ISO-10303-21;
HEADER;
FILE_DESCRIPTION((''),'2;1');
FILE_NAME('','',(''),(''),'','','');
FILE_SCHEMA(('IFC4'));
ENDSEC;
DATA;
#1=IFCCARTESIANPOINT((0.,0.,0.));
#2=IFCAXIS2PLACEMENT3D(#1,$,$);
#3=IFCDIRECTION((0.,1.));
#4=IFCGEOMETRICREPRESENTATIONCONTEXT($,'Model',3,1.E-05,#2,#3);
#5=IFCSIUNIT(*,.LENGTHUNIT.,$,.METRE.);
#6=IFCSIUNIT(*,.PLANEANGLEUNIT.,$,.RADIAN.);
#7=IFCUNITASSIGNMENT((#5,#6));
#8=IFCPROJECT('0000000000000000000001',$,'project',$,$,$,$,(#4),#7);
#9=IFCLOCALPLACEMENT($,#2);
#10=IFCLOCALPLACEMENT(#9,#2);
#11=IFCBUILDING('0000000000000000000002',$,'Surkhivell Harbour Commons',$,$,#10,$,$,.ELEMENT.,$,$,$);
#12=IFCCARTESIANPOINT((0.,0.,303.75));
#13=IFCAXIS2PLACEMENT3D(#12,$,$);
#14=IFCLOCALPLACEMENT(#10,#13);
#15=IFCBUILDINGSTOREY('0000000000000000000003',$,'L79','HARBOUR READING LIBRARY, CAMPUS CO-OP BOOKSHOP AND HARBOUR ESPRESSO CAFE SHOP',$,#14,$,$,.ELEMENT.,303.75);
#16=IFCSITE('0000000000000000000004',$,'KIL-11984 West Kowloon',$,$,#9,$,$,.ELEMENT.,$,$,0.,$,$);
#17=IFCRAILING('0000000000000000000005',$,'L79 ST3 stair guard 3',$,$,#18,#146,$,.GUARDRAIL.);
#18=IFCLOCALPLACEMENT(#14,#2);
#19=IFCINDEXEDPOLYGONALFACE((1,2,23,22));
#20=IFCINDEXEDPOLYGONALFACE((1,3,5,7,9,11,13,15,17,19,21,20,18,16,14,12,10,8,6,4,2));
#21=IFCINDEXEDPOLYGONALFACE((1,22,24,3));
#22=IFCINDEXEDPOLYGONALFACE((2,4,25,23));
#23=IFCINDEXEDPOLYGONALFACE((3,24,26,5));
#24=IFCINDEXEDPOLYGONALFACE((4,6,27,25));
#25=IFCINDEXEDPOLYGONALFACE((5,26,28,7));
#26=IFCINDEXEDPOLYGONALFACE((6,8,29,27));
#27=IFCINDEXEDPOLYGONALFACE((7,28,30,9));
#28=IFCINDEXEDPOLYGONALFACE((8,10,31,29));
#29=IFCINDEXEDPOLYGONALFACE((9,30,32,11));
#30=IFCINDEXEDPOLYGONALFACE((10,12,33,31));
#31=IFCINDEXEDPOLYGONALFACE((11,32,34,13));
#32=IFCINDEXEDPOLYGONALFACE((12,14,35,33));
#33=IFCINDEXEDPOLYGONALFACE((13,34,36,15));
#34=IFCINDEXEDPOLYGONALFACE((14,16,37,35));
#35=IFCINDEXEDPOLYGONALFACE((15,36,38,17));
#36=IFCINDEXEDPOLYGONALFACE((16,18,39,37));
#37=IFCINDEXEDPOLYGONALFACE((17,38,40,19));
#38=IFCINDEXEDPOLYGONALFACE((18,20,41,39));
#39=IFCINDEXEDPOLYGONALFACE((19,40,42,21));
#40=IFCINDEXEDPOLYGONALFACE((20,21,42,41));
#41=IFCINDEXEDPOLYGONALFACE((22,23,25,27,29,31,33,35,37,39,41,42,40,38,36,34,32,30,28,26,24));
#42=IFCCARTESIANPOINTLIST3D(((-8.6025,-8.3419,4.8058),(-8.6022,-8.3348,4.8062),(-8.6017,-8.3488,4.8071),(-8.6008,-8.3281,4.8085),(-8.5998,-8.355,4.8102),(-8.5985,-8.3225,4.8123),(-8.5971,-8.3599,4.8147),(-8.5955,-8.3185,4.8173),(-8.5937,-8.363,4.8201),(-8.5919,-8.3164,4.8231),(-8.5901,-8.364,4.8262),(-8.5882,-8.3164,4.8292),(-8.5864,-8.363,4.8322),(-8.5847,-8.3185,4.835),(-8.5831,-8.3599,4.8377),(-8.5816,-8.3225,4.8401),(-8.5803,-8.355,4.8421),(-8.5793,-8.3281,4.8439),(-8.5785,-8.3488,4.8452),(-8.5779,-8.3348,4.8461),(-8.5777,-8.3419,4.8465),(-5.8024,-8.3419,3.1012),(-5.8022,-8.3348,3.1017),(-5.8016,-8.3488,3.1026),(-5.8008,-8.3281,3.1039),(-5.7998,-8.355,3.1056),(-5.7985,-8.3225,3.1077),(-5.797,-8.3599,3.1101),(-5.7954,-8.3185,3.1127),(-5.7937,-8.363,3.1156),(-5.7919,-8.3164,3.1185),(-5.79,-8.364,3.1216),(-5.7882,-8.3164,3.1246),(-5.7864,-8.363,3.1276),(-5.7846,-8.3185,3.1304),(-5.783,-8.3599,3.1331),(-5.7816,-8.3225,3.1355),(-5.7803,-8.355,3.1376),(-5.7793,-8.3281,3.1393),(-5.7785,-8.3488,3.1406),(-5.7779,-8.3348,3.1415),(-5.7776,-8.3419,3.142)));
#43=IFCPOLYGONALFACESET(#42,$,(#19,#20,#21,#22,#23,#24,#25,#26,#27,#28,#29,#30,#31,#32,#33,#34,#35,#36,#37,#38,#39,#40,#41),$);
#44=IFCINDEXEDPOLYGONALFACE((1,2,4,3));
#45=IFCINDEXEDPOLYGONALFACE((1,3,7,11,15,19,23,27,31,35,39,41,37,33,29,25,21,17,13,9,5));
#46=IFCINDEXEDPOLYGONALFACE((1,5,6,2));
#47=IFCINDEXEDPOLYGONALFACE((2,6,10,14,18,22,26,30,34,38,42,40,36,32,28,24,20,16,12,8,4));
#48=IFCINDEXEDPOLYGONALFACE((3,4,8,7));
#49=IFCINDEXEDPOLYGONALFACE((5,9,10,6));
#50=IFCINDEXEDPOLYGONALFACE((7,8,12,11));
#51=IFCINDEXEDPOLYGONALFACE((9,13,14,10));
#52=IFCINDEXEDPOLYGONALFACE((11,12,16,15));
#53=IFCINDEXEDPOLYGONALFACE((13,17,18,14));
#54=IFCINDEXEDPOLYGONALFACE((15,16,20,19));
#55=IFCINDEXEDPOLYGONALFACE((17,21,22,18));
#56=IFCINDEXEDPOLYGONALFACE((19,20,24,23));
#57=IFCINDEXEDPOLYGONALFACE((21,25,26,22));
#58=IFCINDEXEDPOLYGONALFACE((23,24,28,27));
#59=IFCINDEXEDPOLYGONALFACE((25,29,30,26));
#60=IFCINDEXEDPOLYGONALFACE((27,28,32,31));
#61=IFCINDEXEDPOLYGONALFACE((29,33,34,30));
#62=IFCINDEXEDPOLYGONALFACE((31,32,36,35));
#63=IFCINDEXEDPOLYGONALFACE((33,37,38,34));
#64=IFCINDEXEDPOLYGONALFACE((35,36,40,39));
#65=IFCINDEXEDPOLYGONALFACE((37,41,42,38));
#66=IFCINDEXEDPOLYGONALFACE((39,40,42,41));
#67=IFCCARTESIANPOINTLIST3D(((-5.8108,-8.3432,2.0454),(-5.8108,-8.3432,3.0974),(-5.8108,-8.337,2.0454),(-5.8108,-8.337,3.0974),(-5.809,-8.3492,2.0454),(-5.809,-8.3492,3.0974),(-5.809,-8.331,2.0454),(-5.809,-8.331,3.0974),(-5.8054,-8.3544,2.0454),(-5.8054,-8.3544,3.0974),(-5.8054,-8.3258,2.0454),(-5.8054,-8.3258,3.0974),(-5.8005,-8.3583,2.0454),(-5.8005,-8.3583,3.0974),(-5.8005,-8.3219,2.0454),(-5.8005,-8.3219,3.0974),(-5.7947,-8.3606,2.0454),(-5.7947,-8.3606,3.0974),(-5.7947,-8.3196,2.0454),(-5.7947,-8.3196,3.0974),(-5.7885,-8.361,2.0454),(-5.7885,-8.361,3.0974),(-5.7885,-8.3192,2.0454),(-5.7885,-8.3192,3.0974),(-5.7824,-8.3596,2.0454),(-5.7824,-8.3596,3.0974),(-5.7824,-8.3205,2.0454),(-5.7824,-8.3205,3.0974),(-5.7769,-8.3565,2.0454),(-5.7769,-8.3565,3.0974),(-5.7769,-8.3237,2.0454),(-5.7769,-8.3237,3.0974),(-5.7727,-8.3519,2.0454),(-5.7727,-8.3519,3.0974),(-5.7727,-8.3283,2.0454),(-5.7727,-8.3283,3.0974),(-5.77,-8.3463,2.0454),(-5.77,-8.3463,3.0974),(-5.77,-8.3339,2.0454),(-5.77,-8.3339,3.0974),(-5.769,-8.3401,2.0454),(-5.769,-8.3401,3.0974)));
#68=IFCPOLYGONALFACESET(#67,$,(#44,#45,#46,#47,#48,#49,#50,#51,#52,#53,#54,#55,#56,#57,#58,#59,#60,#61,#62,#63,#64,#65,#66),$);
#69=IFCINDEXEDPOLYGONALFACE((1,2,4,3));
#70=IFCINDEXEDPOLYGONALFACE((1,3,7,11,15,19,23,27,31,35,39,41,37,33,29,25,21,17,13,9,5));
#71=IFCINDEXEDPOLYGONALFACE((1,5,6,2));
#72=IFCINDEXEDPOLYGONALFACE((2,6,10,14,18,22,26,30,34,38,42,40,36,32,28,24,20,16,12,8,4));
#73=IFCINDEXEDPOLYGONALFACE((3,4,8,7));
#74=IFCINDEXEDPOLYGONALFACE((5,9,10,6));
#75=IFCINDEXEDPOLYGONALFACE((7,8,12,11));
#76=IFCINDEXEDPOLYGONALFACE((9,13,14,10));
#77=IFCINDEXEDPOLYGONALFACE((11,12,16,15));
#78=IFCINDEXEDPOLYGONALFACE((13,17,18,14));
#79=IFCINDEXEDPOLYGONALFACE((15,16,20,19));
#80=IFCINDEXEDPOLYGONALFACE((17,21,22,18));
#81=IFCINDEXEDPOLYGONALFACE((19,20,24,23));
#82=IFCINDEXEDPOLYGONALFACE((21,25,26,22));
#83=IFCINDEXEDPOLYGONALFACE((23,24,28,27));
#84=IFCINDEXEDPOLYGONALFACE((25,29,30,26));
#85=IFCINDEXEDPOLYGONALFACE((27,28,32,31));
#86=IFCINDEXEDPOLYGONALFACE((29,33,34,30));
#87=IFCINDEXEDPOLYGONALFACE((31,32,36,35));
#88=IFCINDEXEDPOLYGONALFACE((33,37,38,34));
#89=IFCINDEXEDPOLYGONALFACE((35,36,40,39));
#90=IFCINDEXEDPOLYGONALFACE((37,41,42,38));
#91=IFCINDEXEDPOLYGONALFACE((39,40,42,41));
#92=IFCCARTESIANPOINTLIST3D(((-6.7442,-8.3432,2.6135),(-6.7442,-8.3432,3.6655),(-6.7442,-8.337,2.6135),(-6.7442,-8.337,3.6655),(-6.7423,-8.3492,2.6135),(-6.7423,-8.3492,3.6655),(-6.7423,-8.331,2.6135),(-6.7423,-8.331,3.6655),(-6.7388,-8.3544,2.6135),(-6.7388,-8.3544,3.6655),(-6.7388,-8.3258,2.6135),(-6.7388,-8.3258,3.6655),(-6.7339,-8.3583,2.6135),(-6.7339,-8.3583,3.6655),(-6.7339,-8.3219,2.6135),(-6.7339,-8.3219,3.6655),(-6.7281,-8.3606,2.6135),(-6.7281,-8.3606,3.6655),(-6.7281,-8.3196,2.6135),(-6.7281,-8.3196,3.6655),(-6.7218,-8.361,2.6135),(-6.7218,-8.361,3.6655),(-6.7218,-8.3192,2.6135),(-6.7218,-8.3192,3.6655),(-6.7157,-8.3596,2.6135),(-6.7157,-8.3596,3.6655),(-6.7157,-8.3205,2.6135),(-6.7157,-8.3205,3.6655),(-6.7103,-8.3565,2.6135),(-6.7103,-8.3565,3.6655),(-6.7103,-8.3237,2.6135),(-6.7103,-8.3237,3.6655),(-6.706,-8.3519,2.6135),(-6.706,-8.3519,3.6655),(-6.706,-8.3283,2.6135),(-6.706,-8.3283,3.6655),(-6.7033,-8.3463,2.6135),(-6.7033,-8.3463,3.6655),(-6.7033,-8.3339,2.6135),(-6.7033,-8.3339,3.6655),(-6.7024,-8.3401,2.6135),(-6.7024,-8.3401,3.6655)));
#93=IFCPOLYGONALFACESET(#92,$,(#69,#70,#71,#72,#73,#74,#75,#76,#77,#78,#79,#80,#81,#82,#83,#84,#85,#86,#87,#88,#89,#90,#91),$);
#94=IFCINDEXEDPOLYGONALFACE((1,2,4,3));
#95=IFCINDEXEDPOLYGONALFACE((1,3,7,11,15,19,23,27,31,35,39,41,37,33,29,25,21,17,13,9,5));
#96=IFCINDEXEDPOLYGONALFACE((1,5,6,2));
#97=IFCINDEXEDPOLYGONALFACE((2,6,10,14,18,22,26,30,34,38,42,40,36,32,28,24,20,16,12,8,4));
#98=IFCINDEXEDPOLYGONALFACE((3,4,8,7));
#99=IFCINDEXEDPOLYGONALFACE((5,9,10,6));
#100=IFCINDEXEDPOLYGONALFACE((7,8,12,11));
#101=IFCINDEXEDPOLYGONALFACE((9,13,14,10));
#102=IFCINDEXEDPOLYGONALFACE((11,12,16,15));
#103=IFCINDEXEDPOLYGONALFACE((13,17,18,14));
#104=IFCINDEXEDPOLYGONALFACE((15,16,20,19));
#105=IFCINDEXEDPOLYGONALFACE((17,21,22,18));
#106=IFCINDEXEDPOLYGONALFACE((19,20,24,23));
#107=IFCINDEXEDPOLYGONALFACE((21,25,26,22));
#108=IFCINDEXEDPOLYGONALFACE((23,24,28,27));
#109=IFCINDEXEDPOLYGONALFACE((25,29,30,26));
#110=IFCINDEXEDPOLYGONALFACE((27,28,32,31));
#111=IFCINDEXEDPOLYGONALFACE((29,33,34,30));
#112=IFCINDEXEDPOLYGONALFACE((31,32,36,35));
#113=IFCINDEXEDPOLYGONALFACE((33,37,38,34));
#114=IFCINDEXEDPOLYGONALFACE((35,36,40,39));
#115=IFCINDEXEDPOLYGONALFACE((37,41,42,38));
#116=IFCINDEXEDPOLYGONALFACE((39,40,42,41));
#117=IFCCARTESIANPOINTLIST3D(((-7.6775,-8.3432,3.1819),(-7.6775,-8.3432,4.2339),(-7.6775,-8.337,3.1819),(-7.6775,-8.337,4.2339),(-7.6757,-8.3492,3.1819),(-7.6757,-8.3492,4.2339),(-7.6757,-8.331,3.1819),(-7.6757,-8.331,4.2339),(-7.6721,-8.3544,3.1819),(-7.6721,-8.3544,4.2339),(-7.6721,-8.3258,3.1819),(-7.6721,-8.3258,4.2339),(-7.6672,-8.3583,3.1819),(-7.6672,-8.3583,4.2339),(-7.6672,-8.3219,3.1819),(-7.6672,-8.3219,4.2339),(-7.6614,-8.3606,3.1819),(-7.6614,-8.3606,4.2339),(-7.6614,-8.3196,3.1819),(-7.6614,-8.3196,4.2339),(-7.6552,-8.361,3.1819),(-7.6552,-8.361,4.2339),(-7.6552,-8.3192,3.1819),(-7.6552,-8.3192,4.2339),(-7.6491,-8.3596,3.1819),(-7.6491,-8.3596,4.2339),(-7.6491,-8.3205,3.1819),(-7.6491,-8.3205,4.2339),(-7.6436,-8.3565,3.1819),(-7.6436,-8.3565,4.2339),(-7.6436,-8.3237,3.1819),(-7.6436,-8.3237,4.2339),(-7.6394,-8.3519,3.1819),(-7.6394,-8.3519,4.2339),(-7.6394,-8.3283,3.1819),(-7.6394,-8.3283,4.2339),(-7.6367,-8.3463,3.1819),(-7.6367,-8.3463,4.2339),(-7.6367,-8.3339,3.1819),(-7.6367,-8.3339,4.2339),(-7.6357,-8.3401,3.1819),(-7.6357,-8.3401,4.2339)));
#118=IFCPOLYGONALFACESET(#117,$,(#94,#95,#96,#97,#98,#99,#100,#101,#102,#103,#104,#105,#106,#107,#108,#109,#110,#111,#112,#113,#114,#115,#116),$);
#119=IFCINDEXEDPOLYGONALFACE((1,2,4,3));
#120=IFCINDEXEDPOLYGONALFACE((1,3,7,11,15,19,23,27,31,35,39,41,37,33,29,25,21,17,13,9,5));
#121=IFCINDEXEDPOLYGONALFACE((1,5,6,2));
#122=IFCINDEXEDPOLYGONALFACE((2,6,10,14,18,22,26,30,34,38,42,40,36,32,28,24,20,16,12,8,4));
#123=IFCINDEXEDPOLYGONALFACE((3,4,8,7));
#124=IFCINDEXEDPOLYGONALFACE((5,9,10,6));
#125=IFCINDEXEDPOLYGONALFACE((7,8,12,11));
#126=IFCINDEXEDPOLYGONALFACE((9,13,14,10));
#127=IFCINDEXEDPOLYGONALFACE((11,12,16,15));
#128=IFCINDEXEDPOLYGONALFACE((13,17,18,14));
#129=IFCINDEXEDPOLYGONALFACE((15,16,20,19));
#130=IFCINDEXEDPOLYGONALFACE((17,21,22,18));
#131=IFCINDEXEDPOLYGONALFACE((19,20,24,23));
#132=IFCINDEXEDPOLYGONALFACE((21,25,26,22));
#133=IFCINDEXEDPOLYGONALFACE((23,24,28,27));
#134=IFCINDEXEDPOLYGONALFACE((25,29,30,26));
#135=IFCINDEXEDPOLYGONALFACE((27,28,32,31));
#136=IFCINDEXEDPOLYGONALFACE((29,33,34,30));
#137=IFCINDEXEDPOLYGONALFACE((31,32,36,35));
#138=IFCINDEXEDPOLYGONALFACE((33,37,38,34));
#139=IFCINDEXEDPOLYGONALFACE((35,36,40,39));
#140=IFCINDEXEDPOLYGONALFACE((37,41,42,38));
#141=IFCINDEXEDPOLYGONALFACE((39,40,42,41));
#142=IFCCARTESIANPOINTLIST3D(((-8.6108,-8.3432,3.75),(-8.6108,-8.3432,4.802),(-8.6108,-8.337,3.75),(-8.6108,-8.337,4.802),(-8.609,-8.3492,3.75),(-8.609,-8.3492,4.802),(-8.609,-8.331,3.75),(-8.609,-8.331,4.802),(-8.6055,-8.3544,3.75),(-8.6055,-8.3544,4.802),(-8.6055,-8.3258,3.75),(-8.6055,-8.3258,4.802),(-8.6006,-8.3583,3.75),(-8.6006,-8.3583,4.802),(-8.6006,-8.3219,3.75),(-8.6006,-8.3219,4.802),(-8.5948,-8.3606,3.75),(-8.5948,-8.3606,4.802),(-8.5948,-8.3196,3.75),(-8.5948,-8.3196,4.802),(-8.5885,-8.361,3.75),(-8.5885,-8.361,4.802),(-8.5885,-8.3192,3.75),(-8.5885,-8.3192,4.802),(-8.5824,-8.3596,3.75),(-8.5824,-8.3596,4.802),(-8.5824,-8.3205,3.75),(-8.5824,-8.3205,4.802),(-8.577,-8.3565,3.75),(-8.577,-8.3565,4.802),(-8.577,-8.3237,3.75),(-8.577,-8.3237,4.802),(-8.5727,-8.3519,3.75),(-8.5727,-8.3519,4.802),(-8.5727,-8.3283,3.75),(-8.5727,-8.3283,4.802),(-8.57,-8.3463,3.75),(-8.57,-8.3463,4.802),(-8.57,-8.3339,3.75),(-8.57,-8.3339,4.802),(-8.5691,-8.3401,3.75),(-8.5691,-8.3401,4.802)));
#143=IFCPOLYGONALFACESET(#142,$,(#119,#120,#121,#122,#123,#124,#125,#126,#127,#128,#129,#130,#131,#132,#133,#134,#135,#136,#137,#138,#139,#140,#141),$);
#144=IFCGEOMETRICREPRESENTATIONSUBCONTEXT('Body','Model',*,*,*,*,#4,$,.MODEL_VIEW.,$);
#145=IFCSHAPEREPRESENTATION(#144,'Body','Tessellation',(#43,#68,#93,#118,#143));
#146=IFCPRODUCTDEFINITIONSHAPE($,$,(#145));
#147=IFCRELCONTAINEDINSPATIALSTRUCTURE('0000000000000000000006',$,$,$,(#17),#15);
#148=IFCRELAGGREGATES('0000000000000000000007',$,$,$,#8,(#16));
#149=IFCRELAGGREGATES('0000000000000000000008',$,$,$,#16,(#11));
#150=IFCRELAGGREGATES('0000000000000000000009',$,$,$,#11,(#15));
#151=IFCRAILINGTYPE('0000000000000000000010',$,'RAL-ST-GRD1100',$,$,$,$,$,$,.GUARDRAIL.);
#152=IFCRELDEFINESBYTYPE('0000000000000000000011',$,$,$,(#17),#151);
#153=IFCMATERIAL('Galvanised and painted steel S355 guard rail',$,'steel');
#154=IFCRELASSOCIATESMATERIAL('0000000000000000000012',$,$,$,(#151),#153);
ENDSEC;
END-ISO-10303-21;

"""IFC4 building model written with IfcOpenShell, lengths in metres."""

from ifc_helpers import new_model, si_unit, direction, frame, origin, origin_2d, place, context, subcontext, project, spatial, circle, extrude, material, type_object, element, save


model = new_model("IFC4")

# Units and contexts
model_context = context("Model", 3, precision=1e-05, world=origin(), true_north=direction((0.0, 1.0)))
body_context = subcontext(model_context, "Body", "Model", "MODEL_VIEW")
ifc_project = project(units=[si_unit("LENGTHUNIT", "METRE"), si_unit("PLANEANGLEUNIT", "RADIAN")], contexts=[model_context])

# Site, building, storey
site_placement = place(None, origin())
site = spatial("IfcSite", under=ifc_project, at=site_placement, Name="KIL-11984 West Kowloon", CompositionType="ELEMENT", RefElevation=0.0)
building_placement = place(site_placement, origin())
building = spatial("IfcBuilding", under=site, at=building_placement, Name="Surkhivell Harbour Commons", CompositionType="ELEMENT")
storey_placement = place(building_placement, frame((0.0, 0.0, 303.75)))
storey = spatial("IfcBuildingStorey", under=building, at=storey_placement, Name="L79", Description="HARBOUR READING LIBRARY, CAMPUS CO-OP BOOKSHOP AND HARBOUR ESPRESSO CAFE SHOP", CompositionType="ELEMENT", Elevation=303.75)

# Railing
ifc_material_1 = material(Name="Galvanised and painted steel S355 guard rail", Category="steel")
railing_type_1 = type_object("IfcRailingType", Name="RAL-ST-GRD1100", PredefinedType="GUARDRAIL", material=ifc_material_1)
railing_1_placement = place(storey_placement, frame((-5.79, -8.3401, 2.0454)))
element("IfcRailing", 1, at=railing_1_placement, inside=storey, type_object=railing_type_1, Name="L79 ST3 stair guard 3", PredefinedType="GUARDRAIL", context=body_context, shape_type="SweptSolid", body=[
    extrude(circle(Radius=0.0239, at=origin_2d()), frame((0.0, 0.0, 1.0762), z_axis=(-0.85417, 0.0, 0.519994), x_axis=(0.0, -1.0, 0.0)), (0.0, 0.0, 1.0), 3.2781),
    extrude(circle(Radius=0.021, at=origin_2d()), origin(), (0.0, 0.0, 1.0), 1.052),
    extrude(circle(Radius=0.021, at=origin_2d()), frame((-0.9333, 0.0, 0.5681)), (0.0, 0.0, 1.0), 1.052),
    extrude(circle(Radius=0.021, at=origin_2d()), frame((-1.8667, 0.0, 1.1365)), (0.0, 0.0, 1.0), 1.052),
    extrude(circle(Radius=0.021, at=origin_2d()), frame((-2.8, 0.0, 1.7046)), (0.0, 0.0, 1.0), 1.052),
])

save(model, "model.ifc")
